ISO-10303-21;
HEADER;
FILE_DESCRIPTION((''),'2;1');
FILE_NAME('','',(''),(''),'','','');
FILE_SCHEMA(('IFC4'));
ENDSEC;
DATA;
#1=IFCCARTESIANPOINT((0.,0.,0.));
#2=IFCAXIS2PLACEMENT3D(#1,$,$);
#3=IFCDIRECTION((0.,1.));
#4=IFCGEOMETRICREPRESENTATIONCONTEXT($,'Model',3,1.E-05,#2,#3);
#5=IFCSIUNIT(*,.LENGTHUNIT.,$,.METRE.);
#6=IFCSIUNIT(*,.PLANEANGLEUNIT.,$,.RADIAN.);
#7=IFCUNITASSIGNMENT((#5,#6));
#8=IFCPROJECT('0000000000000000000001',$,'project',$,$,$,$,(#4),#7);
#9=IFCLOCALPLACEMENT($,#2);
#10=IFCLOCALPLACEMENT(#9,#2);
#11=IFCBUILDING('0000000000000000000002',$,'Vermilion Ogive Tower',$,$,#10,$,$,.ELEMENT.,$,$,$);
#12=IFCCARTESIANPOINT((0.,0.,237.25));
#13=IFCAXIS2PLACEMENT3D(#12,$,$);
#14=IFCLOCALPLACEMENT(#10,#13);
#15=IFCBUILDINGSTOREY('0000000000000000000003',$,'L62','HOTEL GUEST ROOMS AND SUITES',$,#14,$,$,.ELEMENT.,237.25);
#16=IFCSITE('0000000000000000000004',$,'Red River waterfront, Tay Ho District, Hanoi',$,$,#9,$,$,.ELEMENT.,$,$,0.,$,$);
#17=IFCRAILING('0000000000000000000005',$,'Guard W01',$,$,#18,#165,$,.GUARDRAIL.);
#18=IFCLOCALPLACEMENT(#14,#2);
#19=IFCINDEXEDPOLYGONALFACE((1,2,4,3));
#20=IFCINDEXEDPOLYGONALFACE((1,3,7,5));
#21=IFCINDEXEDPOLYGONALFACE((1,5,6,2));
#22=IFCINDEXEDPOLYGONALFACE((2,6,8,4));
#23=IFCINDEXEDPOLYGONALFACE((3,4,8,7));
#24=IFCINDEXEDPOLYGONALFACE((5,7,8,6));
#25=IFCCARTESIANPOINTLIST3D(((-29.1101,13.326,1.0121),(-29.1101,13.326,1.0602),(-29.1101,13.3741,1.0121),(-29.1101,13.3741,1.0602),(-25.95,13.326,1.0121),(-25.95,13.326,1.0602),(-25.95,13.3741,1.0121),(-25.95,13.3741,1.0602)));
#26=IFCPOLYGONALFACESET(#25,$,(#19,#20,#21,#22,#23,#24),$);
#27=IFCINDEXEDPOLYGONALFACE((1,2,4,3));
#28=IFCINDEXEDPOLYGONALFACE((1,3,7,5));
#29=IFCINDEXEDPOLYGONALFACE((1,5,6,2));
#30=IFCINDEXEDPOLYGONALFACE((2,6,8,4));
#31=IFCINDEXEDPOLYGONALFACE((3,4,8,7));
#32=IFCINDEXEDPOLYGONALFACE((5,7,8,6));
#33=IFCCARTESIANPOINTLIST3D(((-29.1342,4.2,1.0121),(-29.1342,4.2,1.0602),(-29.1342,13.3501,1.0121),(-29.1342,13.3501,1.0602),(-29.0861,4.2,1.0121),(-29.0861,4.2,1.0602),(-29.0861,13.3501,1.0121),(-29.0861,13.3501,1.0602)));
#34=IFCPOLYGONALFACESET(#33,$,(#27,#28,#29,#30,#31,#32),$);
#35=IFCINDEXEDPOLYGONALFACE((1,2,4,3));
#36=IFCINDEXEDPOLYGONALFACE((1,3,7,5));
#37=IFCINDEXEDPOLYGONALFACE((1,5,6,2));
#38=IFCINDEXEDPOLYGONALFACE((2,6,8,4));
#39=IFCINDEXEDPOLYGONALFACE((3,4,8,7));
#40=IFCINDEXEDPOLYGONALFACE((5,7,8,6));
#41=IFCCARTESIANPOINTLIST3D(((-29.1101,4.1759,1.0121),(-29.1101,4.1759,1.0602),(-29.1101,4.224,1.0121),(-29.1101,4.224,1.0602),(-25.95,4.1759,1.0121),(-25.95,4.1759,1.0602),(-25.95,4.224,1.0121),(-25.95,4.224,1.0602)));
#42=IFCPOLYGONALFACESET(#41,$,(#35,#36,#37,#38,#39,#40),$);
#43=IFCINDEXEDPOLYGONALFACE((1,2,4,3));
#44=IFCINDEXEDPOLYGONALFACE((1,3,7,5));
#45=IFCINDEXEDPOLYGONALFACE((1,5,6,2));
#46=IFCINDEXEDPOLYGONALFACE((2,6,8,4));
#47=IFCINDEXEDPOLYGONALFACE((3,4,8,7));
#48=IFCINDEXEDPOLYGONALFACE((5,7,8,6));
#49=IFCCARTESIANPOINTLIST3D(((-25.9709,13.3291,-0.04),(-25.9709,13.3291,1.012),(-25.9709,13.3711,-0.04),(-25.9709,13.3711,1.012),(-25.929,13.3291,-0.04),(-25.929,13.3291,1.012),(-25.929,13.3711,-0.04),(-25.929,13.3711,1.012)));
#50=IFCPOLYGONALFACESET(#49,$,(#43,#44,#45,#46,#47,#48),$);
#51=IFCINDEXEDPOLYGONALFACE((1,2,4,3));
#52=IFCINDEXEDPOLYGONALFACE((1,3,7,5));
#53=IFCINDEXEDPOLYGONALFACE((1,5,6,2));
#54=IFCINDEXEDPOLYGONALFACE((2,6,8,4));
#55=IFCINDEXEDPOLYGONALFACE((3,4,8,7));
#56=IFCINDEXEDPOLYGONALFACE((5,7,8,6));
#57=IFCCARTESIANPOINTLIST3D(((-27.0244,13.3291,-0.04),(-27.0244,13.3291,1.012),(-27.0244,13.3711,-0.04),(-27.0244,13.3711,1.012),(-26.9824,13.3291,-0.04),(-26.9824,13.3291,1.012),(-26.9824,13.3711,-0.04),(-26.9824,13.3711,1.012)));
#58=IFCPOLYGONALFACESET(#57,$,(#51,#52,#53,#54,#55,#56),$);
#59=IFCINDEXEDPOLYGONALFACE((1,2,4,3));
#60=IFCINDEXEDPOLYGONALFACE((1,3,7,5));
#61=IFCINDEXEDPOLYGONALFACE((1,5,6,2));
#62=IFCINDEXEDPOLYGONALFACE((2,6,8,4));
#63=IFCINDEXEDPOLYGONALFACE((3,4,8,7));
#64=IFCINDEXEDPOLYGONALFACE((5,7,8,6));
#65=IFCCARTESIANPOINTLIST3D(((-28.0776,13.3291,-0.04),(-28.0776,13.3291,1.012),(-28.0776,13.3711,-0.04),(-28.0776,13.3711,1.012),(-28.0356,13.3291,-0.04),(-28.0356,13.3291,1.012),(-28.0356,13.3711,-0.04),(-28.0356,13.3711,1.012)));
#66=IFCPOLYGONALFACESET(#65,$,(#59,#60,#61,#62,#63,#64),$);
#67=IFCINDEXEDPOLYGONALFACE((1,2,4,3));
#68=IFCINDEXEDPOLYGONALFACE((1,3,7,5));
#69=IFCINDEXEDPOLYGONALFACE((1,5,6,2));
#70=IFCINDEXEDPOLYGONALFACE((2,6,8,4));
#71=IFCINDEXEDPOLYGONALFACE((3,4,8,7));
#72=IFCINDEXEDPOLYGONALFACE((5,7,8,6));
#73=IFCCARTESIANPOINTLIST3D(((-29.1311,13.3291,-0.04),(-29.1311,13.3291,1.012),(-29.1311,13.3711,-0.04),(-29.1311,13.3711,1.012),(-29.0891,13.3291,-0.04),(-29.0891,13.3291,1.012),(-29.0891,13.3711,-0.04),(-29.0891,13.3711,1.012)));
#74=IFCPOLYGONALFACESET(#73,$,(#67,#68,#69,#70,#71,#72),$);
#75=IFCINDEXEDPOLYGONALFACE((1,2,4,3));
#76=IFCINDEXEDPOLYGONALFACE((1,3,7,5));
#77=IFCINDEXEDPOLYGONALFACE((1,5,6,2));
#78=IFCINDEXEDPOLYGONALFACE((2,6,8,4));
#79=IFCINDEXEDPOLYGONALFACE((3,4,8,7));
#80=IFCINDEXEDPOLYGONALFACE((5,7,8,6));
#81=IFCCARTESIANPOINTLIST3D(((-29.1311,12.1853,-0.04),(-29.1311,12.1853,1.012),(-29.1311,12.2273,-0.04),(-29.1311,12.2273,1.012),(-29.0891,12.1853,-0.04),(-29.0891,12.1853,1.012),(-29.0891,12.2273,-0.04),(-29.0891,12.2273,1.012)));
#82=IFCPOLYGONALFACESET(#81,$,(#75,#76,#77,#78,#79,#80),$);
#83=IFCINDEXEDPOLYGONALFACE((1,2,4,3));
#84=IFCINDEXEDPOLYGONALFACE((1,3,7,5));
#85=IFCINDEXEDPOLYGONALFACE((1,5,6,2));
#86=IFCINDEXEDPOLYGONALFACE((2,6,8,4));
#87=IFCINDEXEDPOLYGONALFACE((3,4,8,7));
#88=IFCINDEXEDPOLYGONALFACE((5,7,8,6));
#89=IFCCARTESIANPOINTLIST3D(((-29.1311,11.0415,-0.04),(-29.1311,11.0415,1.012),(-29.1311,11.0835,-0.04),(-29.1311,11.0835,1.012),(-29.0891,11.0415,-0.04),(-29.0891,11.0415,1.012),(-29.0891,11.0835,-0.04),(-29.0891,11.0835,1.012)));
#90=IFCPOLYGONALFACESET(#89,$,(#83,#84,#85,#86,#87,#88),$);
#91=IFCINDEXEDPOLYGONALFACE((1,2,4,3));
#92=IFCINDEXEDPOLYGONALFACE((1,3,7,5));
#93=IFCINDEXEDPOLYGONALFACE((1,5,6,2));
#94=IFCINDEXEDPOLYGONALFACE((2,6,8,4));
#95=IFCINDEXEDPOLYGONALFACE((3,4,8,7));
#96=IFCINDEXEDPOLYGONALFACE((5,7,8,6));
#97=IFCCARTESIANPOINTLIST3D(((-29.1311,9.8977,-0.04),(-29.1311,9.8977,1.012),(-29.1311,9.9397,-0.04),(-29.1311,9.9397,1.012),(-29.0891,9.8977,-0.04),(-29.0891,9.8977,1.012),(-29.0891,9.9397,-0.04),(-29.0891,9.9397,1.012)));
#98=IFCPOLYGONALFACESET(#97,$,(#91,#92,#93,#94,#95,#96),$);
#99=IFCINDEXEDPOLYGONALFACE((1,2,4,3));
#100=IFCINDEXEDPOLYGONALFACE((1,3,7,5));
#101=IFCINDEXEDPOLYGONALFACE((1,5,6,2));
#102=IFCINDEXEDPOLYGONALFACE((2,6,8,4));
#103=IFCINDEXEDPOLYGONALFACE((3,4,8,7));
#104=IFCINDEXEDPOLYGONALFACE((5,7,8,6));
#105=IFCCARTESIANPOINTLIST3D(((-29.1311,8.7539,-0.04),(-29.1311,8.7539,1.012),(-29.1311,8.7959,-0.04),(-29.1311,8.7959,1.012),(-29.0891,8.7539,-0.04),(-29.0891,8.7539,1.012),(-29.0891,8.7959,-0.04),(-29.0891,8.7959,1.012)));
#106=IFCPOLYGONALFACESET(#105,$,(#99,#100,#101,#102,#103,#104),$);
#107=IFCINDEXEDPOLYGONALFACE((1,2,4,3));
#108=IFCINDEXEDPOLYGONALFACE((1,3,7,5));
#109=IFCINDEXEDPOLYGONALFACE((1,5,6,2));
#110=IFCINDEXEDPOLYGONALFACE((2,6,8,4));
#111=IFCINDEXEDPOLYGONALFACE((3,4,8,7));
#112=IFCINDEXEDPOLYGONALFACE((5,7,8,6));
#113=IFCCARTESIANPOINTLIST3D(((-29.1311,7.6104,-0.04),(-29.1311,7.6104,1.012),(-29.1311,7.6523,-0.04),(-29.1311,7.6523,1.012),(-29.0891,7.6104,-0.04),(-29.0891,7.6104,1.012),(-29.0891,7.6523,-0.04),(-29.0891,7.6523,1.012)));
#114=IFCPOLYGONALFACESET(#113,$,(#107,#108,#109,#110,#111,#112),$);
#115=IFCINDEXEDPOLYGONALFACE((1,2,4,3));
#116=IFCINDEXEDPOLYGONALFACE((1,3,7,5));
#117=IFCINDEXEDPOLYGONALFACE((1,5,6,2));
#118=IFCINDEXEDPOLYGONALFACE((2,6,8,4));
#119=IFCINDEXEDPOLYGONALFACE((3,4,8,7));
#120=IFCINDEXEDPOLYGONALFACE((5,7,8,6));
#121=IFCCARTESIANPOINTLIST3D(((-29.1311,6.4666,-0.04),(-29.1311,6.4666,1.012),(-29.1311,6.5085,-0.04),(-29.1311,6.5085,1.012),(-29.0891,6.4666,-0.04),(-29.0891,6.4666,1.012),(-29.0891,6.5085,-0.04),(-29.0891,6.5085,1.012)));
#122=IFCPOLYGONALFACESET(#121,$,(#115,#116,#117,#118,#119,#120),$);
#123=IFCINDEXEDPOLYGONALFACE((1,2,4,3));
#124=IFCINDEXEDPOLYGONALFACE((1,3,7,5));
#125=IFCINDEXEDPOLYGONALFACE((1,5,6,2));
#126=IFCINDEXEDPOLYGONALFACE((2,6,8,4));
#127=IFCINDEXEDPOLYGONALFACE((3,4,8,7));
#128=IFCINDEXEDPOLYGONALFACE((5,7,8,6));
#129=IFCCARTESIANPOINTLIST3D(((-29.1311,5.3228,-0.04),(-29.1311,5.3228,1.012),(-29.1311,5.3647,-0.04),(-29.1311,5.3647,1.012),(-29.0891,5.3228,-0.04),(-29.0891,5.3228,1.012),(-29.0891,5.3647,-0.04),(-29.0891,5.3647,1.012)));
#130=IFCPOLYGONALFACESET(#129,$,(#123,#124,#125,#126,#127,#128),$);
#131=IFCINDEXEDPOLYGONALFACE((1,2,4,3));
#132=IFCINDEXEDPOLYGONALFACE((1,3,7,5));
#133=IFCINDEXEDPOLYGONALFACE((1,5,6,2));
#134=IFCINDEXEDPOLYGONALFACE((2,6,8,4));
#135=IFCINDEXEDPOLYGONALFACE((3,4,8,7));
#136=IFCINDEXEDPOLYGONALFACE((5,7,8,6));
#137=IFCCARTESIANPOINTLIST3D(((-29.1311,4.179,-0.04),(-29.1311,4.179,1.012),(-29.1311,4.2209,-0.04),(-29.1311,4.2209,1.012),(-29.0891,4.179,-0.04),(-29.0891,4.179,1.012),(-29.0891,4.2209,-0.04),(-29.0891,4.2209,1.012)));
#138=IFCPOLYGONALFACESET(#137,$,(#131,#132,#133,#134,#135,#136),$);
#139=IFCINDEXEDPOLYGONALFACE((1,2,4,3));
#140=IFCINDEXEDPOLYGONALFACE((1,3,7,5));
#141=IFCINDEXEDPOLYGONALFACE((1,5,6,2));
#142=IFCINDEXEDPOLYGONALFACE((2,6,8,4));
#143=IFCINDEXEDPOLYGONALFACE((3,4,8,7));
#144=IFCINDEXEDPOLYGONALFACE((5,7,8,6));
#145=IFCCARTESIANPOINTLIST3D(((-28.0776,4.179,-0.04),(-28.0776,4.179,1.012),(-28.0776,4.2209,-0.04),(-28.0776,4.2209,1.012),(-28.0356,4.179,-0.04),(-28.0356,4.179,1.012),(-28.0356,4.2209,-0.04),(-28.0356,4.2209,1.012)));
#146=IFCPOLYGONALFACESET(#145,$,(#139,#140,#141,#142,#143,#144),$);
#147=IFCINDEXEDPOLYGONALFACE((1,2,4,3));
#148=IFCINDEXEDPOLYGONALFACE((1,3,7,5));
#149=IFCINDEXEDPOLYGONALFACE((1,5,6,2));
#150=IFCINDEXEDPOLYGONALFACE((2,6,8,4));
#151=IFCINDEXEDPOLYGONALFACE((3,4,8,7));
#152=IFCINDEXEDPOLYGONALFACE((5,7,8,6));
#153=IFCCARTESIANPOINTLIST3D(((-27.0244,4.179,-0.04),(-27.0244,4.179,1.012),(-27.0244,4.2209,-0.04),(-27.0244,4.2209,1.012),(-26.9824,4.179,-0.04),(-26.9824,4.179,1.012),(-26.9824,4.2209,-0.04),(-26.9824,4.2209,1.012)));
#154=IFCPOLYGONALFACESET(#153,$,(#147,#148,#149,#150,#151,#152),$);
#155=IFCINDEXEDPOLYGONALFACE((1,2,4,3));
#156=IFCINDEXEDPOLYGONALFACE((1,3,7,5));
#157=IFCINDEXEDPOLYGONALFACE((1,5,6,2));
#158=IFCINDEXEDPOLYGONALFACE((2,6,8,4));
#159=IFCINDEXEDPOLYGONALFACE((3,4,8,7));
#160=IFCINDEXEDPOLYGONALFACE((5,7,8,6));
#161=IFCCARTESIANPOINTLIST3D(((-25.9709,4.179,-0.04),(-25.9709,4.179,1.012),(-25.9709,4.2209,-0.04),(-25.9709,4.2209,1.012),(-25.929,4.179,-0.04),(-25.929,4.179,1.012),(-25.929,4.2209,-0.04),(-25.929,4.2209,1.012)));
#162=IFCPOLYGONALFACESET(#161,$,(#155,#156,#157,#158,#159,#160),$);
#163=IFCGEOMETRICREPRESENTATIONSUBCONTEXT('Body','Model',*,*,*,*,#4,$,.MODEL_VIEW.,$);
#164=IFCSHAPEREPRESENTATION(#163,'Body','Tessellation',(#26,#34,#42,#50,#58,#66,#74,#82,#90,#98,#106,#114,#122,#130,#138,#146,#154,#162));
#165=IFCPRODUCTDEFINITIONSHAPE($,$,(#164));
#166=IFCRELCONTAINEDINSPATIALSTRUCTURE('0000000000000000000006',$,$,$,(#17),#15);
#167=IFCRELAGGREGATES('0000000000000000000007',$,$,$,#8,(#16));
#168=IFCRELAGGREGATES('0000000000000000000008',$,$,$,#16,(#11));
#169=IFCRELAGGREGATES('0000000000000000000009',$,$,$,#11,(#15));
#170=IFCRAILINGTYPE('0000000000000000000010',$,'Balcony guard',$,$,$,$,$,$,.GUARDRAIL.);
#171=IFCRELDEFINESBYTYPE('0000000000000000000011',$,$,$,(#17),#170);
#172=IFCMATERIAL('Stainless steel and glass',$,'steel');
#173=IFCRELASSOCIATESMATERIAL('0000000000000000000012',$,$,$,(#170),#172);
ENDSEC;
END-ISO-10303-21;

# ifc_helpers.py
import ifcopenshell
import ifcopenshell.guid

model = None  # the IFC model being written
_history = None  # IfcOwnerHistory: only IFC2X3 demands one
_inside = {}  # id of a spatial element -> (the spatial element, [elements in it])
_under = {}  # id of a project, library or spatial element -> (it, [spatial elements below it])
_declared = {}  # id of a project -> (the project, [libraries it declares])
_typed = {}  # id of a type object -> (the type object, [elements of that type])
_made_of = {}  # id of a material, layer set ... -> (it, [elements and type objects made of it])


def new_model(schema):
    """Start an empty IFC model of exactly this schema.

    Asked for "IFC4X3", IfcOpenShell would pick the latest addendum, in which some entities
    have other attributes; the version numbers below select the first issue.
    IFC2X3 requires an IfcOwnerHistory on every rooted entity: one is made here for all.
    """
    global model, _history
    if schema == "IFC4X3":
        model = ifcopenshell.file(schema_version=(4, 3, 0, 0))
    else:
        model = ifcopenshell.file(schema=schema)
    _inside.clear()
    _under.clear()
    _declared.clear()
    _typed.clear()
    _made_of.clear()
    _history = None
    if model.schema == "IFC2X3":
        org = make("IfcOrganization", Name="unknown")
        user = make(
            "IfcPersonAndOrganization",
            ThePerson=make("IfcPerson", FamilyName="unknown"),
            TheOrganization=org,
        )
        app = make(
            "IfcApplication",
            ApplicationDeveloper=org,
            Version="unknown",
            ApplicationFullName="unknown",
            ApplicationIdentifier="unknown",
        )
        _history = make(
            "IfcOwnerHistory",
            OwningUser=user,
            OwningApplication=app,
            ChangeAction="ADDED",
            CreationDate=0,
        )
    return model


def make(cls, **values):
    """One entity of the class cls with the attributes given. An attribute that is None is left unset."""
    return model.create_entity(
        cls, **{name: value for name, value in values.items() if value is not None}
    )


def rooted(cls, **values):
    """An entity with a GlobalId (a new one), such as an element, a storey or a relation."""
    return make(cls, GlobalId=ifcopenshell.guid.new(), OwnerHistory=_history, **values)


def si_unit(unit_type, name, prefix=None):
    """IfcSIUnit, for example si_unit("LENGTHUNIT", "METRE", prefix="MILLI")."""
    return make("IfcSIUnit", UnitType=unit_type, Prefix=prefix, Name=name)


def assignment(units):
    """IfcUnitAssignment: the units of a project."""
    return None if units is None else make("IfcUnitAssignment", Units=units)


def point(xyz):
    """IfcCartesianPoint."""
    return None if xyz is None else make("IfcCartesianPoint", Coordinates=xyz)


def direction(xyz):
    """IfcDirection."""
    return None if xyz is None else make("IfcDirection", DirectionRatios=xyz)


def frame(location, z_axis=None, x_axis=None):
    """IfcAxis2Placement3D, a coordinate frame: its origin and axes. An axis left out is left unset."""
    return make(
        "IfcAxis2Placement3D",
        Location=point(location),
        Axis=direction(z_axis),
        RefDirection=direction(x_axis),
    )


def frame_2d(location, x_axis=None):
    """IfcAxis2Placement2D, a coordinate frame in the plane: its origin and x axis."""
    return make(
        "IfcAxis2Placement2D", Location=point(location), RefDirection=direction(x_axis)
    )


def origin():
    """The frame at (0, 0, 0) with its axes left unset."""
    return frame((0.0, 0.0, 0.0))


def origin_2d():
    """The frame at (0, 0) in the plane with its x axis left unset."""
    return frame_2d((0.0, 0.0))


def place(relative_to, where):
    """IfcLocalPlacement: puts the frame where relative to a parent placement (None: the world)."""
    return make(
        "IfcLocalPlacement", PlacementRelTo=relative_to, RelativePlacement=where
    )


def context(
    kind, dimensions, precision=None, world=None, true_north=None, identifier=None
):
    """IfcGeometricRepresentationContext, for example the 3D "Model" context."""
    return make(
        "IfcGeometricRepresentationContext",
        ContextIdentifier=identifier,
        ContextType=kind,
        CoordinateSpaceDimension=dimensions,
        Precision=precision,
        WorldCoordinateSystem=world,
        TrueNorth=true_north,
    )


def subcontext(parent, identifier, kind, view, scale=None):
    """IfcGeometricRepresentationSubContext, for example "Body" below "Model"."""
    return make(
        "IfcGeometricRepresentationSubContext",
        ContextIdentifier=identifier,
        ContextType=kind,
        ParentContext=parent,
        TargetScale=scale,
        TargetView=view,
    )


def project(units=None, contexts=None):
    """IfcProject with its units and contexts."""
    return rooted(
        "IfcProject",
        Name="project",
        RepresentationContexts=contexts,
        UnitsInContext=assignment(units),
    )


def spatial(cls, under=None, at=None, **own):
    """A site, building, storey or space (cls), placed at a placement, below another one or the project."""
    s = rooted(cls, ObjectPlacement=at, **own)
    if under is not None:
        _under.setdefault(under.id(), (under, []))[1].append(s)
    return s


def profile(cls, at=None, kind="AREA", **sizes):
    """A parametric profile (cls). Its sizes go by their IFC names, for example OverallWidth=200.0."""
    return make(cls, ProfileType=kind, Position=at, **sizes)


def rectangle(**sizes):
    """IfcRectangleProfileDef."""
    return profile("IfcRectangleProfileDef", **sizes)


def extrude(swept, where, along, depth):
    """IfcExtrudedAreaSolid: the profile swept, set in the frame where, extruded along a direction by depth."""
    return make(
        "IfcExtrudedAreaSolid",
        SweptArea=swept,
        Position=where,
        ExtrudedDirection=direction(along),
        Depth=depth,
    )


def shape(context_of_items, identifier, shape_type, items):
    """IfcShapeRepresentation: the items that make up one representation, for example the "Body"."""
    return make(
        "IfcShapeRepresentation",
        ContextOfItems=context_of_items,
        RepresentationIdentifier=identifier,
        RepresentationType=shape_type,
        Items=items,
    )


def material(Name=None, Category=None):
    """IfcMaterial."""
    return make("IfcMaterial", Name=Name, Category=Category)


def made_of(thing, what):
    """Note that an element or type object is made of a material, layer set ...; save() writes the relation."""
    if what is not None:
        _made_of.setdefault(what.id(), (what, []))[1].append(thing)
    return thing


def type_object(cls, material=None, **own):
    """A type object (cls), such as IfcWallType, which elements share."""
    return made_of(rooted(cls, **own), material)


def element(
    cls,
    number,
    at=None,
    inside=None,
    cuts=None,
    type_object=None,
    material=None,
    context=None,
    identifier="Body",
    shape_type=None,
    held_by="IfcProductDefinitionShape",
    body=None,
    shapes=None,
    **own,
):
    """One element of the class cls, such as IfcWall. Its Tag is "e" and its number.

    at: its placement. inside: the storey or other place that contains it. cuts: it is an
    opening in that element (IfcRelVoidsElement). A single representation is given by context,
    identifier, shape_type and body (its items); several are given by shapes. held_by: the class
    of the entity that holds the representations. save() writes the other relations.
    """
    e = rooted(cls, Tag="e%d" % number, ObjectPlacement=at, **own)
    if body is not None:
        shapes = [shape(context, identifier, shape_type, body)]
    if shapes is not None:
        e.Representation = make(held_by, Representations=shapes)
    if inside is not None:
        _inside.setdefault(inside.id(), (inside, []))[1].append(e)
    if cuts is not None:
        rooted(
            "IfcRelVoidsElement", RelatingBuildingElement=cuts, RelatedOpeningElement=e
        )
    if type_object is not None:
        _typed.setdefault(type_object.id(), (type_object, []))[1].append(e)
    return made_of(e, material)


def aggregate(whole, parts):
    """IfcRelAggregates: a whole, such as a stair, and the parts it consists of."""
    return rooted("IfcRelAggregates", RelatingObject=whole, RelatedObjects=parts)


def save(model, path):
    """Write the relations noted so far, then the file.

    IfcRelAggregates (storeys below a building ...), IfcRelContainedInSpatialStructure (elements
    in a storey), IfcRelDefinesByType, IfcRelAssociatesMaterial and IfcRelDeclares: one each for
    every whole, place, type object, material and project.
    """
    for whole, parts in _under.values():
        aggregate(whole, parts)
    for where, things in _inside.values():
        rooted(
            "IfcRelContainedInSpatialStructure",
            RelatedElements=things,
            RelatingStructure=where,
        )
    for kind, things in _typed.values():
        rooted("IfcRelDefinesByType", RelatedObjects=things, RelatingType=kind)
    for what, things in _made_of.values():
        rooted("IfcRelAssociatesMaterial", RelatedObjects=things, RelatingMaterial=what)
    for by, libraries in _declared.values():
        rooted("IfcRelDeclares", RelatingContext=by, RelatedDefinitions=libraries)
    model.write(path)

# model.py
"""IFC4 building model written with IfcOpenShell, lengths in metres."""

from ifc_helpers import new_model, si_unit, direction, frame, origin, origin_2d, place, context, subcontext, project, spatial, rectangle, extrude, material, type_object, element, save


model = new_model("IFC4")

# Units and contexts
model_context = context("Model", 3, precision=1e-05, world=origin(), true_north=direction((0.0, 1.0)))
body_context = subcontext(model_context, "Body", "Model", "MODEL_VIEW")
ifc_project = project(units=[si_unit("LENGTHUNIT", "METRE"), si_unit("PLANEANGLEUNIT", "RADIAN")], contexts=[model_context])

# Site, building, storey
site_placement = place(None, origin())
site = spatial("IfcSite", under=ifc_project, at=site_placement, Name="Red River waterfront, Tay Ho District, Hanoi", CompositionType="ELEMENT", RefElevation=0.0)
building_placement = place(site_placement, origin())
building = spatial("IfcBuilding", under=site, at=building_placement, Name="Vermilion Ogive Tower", CompositionType="ELEMENT")
storey_placement = place(building_placement, frame((0.0, 0.0, 237.25)))
storey = spatial("IfcBuildingStorey", under=building, at=storey_placement, Name="L62", Description="HOTEL GUEST ROOMS AND SUITES", CompositionType="ELEMENT", Elevation=237.25)

# Railing
ifc_material_1 = material(Name="Stainless steel and glass", Category="steel")
railing_type = type_object("IfcRailingType", Name="Balcony guard", PredefinedType="GUARDRAIL", material=ifc_material_1)
railing_1_placement = place(storey_placement, frame((-25.95, 13.3501, -0.04)))
element("IfcRailing", 1, at=railing_1_placement, inside=storey, type_object=railing_type, Name="Guard W01", PredefinedType="GUARDRAIL", context=body_context, shape_type="SweptSolid", body=[
    extrude(rectangle(XDim=0.0481, YDim=0.0481, at=origin_2d()), frame((0.0, 0.0, 1.0762), z_axis=(-1.0, 0.0, 0.0), x_axis=(0.0, -1.0, 0.0)), (0.0, 0.0, 1.0), 3.1602),
    extrude(rectangle(XDim=0.0481, YDim=0.0481, at=origin_2d()), frame((-3.1602, 0.0, 1.0762), z_axis=(0.0, -1.0, 0.0), x_axis=(1.0, 0.0, 0.0)), (0.0, 0.0, 1.0), 9.1501),
    extrude(rectangle(XDim=0.0481, YDim=0.0481, at=origin_2d()), frame((-3.1602, -9.1501, 1.0762), z_axis=(1.0, 0.0, 0.0), x_axis=(0.0, 1.0, 0.0)), (0.0, 0.0, 1.0), 3.1602),
    extrude(rectangle(XDim=0.042, YDim=0.042, at=origin_2d()), origin(), (0.0, 0.0, 1.0), 1.052),
    extrude(rectangle(XDim=0.042, YDim=0.042, at=origin_2d()), frame((-1.0535, 0.0, 0.0)), (0.0, 0.0, 1.0), 1.052),
    extrude(rectangle(XDim=0.042, YDim=0.042, at=origin_2d()), frame((-2.1067, 0.0, 0.0)), (0.0, 0.0, 1.0), 1.052),
    extrude(rectangle(XDim=0.042, YDim=0.042, at=origin_2d()), frame((-3.1602, 0.0, 0.0)), (0.0, 0.0, 1.0), 1.052),
    extrude(rectangle(XDim=0.042, YDim=0.042, at=origin_2d()), frame((-3.1602, -1.1438, 0.0)), (0.0, 0.0, 1.0), 1.052),
    extrude(rectangle(XDim=0.042, YDim=0.042, at=origin_2d()), frame((-3.1602, -2.2876, 0.0)), (0.0, 0.0, 1.0), 1.052),
    extrude(rectangle(XDim=0.042, YDim=0.042, at=origin_2d()), frame((-3.1602, -3.4314, 0.0)), (0.0, 0.0, 1.0), 1.052),
    extrude(rectangle(XDim=0.042, YDim=0.042, at=origin_2d()), frame((-3.1602, -4.5752, 0.0)), (0.0, 0.0, 1.0), 1.052),
    extrude(rectangle(XDim=0.042, YDim=0.042, at=origin_2d()), frame((-3.1602, -5.7188, 0.0)), (0.0, 0.0, 1.0), 1.052),
    extrude(rectangle(XDim=0.042, YDim=0.042, at=origin_2d()), frame((-3.1602, -6.8625, 0.0)), (0.0, 0.0, 1.0), 1.052),
    extrude(rectangle(XDim=0.042, YDim=0.042, at=origin_2d()), frame((-3.1602, -8.0063, 0.0)), (0.0, 0.0, 1.0), 1.052),
    extrude(rectangle(XDim=0.042, YDim=0.042, at=origin_2d()), frame((-3.1602, -9.1501, 0.0)), (0.0, 0.0, 1.0), 1.052),
    extrude(rectangle(XDim=0.042, YDim=0.042, at=origin_2d()), frame((-2.1067, -9.1501, 0.0)), (0.0, 0.0, 1.0), 1.052),
    extrude(rectangle(XDim=0.042, YDim=0.042, at=origin_2d()), frame((-1.0535, -9.1501, 0.0)), (0.0, 0.0, 1.0), 1.052),
    extrude(rectangle(XDim=0.042, YDim=0.042, at=origin_2d()), frame((0.0, -9.1501, 0.0)), (0.0, 0.0, 1.0), 1.052),
])

save(model, "model.ifc")
